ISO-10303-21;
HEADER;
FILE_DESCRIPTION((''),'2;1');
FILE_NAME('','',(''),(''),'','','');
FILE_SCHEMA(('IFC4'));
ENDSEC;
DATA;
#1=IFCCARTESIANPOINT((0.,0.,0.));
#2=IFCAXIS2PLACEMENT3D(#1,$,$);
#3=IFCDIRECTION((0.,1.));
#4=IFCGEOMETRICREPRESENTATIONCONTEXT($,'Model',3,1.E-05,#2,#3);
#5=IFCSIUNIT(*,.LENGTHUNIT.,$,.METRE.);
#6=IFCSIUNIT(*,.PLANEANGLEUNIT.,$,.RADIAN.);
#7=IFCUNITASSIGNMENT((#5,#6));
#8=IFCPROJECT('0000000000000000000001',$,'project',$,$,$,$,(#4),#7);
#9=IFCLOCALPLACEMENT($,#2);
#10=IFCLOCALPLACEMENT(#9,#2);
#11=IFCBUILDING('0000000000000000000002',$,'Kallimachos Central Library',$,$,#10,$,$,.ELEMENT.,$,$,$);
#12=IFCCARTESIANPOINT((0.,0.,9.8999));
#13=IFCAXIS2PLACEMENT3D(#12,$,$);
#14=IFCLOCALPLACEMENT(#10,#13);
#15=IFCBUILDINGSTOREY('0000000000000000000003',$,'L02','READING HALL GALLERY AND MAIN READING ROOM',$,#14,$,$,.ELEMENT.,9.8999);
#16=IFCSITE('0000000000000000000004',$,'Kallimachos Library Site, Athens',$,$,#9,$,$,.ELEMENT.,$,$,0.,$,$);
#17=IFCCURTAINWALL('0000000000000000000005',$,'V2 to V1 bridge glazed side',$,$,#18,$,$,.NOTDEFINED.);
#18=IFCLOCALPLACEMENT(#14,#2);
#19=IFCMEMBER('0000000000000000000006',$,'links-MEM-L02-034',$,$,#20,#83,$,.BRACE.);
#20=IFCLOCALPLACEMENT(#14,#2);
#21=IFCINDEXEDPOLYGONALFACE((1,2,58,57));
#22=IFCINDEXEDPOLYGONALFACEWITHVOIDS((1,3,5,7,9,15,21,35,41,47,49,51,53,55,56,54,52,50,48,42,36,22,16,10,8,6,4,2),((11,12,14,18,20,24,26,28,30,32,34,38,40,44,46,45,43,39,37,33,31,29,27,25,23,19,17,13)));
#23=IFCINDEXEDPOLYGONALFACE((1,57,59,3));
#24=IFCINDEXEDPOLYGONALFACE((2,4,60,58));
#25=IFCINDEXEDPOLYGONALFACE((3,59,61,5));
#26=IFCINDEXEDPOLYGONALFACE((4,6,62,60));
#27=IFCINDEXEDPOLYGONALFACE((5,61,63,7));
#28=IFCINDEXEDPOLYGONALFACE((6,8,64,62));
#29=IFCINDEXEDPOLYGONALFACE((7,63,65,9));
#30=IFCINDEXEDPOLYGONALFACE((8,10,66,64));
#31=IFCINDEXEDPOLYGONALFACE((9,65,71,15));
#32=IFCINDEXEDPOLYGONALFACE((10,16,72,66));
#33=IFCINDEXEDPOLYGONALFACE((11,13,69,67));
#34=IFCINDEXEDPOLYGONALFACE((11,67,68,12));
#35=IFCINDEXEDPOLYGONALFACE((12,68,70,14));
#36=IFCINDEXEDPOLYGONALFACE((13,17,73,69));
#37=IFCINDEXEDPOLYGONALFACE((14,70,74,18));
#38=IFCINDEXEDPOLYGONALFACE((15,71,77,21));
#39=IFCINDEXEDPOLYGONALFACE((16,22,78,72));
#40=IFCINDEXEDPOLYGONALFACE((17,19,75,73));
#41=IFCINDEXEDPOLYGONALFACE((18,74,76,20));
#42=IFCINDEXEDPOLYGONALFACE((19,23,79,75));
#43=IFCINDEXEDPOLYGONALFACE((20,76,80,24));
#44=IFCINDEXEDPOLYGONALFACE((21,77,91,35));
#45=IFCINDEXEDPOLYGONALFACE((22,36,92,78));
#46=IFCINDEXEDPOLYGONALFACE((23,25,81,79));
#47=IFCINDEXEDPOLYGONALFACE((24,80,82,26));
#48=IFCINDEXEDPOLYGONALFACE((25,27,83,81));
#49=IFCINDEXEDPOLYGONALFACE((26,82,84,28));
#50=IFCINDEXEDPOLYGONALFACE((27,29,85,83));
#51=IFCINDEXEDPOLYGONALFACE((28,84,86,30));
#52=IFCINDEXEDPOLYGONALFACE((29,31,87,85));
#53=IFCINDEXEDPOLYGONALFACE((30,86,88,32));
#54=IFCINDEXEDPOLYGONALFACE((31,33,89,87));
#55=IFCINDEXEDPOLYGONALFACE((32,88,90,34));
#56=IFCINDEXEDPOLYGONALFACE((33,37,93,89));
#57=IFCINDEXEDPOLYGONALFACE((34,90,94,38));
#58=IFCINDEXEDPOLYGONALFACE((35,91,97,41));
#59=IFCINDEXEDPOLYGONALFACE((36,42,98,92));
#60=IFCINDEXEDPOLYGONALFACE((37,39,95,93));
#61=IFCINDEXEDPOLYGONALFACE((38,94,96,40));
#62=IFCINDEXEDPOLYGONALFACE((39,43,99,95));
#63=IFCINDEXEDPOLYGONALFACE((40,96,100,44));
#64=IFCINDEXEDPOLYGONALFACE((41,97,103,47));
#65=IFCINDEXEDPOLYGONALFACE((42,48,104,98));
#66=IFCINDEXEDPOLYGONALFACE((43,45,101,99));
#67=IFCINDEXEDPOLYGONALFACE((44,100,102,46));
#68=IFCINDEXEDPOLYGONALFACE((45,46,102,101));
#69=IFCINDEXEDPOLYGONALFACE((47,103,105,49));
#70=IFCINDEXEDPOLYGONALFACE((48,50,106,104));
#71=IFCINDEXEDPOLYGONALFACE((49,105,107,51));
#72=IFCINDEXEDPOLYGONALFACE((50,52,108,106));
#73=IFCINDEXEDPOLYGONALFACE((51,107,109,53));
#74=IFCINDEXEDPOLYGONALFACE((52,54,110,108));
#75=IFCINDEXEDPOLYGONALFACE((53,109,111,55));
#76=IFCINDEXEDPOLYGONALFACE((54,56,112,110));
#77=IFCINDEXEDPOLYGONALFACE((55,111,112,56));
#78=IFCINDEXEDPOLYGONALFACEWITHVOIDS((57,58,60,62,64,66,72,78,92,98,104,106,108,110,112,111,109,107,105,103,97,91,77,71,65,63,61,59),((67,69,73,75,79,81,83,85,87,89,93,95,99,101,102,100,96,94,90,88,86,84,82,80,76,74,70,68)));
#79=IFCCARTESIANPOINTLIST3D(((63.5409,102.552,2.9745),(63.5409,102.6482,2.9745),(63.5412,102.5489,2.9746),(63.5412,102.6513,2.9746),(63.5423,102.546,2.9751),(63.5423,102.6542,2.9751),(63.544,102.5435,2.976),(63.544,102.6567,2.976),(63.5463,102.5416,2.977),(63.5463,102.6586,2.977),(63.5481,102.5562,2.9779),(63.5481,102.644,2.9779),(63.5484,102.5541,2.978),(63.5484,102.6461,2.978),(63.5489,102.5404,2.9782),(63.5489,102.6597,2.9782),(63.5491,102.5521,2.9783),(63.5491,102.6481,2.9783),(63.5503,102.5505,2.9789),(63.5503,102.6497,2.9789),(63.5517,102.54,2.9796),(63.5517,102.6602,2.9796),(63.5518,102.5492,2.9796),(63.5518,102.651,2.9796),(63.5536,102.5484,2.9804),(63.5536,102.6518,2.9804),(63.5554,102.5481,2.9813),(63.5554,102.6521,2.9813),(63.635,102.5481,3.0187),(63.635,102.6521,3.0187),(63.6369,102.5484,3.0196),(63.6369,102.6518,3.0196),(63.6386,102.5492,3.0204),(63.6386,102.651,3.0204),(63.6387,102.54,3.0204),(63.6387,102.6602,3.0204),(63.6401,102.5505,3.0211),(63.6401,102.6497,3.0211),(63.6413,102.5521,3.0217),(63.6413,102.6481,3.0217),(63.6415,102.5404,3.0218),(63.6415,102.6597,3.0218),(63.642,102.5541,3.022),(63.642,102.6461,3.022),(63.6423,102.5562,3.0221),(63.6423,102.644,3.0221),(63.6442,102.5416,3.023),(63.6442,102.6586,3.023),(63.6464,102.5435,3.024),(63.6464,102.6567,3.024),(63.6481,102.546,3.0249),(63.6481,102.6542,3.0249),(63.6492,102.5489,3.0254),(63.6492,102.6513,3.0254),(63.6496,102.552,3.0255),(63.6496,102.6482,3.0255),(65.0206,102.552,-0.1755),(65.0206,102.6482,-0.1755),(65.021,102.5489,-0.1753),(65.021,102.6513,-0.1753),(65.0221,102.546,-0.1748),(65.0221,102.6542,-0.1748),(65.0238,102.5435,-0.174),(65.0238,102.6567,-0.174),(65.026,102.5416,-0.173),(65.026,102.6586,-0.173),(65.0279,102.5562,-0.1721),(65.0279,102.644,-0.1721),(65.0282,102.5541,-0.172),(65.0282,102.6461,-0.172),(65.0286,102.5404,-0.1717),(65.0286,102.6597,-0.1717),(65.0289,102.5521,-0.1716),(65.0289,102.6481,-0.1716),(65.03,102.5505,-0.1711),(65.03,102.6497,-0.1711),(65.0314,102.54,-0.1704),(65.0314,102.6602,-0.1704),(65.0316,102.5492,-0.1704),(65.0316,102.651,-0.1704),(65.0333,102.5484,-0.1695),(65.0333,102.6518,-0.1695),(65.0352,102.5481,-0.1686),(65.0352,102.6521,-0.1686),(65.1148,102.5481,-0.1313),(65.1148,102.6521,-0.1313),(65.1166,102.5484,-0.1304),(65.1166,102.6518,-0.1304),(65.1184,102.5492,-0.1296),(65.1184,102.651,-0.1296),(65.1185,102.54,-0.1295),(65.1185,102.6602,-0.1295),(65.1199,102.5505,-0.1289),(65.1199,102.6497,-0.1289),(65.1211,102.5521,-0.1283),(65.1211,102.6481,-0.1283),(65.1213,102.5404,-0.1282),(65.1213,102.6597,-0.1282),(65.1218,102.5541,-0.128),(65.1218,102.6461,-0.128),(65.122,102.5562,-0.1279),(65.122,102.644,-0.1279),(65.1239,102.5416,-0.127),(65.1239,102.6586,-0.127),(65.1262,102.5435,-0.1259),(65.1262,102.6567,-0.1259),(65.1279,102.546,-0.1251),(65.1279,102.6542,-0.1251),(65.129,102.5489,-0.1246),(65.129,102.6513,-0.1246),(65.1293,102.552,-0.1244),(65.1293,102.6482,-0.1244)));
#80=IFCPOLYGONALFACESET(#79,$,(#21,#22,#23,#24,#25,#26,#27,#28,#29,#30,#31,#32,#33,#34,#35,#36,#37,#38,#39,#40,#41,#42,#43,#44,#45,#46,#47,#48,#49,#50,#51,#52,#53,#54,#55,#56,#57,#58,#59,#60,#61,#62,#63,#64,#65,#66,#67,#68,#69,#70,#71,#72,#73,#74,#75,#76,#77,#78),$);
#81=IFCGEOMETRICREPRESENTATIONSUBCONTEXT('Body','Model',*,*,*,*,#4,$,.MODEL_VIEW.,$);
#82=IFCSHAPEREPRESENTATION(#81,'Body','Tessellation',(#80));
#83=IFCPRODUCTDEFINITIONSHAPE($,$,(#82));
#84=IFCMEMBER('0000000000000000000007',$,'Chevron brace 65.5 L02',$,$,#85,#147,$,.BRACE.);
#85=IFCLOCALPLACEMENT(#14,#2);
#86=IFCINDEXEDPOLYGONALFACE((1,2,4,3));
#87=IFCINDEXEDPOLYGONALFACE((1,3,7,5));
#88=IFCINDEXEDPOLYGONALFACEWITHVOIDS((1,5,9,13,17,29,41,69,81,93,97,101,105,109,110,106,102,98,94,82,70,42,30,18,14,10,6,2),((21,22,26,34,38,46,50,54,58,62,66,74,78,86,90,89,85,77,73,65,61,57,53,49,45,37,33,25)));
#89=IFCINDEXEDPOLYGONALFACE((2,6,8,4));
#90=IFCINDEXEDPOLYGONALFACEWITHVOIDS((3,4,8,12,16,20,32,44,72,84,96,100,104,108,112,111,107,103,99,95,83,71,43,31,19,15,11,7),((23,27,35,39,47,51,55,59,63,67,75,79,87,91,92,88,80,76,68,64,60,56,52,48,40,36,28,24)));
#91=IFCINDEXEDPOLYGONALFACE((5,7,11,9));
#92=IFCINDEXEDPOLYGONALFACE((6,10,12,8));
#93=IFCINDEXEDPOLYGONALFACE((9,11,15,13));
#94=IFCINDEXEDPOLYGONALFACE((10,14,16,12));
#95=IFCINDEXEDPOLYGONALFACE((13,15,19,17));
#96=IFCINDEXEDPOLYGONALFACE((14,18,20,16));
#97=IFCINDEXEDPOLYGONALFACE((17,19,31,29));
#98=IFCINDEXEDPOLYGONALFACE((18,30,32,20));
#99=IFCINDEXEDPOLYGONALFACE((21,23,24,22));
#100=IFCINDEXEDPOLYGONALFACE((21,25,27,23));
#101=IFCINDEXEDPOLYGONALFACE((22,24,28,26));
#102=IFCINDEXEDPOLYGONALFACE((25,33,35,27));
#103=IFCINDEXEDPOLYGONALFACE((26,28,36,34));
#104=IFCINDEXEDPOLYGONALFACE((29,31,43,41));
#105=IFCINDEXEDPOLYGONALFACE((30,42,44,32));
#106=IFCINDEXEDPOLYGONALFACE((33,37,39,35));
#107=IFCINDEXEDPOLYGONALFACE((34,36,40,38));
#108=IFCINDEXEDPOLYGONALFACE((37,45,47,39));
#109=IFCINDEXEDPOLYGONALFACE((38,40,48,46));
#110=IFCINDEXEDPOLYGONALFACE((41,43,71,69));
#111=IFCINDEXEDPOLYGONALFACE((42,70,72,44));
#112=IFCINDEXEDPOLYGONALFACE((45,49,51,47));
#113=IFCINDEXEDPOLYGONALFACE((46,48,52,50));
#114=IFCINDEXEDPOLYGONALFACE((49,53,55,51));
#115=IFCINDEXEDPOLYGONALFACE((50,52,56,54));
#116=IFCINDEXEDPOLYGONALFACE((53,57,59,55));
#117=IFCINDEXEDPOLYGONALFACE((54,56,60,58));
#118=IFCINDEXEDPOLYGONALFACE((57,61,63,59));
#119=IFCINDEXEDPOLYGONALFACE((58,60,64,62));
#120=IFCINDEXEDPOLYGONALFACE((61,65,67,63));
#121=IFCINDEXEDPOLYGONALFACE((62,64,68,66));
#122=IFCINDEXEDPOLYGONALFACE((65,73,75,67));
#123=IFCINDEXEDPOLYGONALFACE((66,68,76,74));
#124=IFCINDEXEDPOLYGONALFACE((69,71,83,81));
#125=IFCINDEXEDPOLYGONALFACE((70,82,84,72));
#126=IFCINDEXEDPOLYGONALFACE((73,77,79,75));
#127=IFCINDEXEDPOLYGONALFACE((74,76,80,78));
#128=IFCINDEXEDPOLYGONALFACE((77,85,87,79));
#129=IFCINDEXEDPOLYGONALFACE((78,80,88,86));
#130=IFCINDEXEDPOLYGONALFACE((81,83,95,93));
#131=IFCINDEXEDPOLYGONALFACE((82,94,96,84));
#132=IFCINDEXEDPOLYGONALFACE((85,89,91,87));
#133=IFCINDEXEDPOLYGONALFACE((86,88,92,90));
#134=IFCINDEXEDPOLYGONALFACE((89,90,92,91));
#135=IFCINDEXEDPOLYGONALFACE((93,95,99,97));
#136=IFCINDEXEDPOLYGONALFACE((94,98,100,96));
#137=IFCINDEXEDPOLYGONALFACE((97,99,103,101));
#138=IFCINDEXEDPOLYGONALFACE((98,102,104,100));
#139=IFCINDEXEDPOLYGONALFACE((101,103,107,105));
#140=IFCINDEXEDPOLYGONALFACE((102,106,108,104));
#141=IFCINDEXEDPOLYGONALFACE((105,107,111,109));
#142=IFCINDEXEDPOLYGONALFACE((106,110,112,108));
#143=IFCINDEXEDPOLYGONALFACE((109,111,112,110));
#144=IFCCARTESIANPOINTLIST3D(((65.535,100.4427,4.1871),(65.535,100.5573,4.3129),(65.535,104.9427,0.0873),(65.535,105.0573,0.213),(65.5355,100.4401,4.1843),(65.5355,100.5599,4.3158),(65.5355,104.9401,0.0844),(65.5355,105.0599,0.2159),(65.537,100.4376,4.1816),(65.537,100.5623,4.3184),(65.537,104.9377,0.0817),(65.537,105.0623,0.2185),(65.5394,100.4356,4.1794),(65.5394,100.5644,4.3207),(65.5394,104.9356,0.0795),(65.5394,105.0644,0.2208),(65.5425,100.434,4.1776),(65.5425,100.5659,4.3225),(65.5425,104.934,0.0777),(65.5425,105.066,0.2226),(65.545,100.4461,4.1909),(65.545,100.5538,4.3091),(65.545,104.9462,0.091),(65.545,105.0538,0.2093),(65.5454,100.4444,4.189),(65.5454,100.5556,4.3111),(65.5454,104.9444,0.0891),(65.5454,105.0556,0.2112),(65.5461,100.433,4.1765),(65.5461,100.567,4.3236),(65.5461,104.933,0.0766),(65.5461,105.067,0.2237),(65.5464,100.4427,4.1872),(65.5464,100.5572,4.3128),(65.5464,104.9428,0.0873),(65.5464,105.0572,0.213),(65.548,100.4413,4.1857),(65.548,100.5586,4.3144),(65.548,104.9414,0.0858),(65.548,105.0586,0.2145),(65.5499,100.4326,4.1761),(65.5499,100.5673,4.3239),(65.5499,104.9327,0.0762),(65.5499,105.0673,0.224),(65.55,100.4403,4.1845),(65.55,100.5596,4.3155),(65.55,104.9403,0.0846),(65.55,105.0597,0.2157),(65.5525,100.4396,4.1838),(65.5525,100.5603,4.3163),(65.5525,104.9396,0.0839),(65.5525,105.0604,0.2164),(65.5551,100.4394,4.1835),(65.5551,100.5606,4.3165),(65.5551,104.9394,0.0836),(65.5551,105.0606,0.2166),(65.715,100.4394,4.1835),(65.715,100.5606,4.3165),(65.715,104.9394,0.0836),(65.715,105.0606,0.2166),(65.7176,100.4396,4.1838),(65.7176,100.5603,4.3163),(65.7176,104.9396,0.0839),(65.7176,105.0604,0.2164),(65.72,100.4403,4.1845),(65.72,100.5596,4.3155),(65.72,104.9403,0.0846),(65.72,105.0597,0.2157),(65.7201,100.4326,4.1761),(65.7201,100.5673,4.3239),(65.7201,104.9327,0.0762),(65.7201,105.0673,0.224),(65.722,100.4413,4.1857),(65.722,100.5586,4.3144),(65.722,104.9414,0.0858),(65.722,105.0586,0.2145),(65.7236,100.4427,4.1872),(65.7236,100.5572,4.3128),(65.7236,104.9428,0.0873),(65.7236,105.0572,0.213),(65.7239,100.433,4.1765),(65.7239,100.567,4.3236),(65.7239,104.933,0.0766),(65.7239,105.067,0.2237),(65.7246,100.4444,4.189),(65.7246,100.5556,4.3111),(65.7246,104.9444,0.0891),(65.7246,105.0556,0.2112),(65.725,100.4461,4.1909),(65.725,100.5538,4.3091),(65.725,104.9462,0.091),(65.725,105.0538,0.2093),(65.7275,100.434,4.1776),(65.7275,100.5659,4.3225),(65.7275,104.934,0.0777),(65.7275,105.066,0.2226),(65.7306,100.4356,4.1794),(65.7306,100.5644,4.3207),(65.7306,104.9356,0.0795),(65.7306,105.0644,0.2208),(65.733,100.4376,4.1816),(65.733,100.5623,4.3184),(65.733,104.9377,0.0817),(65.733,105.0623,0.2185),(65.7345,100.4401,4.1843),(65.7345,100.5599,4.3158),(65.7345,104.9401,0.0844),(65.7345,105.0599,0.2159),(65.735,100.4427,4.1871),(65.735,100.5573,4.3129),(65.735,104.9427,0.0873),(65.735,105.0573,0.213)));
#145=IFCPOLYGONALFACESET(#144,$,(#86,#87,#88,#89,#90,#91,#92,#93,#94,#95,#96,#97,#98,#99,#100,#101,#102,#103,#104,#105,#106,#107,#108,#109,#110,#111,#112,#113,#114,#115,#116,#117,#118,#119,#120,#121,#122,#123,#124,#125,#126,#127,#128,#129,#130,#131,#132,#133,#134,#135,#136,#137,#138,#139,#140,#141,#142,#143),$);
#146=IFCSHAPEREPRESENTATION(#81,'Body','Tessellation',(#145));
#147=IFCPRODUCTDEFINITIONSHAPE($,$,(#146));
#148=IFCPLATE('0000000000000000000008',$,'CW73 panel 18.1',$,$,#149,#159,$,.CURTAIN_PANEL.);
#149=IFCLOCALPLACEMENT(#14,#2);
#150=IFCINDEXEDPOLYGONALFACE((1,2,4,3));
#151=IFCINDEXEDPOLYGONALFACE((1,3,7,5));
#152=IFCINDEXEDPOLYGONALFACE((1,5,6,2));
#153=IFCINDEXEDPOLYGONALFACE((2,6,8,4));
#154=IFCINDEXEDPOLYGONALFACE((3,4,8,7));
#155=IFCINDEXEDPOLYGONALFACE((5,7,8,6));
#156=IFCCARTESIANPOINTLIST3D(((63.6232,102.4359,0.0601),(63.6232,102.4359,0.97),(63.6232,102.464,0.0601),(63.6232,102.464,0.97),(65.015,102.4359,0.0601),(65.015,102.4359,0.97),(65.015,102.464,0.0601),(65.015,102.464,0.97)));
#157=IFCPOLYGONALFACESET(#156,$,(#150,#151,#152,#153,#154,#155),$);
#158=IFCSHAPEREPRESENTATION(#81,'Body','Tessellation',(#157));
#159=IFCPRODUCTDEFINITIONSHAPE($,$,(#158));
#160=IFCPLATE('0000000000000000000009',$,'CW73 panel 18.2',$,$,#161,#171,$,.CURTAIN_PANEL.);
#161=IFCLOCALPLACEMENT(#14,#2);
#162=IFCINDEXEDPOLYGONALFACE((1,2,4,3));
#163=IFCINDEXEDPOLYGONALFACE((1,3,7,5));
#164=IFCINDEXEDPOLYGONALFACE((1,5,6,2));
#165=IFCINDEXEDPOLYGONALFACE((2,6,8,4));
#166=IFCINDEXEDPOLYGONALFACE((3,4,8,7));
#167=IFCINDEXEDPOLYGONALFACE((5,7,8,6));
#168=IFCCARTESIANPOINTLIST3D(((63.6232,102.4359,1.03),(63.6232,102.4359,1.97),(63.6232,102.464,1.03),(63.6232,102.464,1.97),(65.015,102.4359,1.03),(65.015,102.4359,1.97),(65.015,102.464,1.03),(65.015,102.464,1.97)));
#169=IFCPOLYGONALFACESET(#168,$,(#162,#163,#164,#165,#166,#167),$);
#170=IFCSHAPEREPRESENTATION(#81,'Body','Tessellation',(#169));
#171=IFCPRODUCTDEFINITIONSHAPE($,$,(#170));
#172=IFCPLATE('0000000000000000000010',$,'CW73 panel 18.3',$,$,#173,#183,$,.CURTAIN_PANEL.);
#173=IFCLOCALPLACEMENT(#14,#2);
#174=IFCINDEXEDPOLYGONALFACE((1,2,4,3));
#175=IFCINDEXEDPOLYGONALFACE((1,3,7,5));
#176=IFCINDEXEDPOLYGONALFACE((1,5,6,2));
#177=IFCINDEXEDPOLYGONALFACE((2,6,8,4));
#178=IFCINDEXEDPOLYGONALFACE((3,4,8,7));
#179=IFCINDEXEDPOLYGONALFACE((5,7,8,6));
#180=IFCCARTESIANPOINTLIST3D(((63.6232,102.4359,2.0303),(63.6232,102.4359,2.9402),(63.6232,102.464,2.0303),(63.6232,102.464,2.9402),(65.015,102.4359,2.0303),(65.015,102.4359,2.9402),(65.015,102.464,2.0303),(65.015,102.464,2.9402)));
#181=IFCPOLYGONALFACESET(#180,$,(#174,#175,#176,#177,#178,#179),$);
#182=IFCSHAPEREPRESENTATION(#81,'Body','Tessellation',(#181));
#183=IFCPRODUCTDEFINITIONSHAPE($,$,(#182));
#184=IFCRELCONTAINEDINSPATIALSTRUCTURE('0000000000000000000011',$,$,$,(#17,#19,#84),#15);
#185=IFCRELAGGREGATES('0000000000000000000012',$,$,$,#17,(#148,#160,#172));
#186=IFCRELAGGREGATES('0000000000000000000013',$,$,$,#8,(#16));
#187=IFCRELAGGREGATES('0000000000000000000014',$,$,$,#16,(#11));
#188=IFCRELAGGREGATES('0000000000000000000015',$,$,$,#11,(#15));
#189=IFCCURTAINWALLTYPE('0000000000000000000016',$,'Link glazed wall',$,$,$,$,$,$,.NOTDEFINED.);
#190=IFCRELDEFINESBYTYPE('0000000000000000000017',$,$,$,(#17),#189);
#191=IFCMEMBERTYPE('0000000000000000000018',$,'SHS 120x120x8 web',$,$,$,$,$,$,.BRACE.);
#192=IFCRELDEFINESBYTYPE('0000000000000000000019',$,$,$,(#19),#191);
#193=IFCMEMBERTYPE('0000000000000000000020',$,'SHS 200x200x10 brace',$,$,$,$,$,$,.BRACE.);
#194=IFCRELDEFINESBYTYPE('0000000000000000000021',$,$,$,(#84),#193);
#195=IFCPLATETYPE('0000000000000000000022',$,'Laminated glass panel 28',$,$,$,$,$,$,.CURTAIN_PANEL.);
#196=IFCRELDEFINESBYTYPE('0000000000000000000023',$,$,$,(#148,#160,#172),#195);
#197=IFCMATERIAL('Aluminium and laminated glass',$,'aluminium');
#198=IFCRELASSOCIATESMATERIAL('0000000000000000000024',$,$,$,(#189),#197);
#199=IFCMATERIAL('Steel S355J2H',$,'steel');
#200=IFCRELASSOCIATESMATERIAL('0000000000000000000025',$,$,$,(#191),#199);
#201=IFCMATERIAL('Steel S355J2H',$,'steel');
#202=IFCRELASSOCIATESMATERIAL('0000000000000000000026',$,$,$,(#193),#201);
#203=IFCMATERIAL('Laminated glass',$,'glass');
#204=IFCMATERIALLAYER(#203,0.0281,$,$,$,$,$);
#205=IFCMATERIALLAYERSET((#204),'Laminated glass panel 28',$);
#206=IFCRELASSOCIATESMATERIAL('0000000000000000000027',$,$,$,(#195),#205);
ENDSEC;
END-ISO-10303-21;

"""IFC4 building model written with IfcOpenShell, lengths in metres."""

from ifc_helpers import new_model, si_unit, direction, frame, origin, origin_2d, place, context, subcontext, project, spatial, rectangle, hollow_rectangle, extrude, material, layer, layer_set, material_profile, profile_set, type_object, element, aggregate, save


model = new_model("IFC4")

# Units and contexts
model_context = context("Model", 3, precision=1e-05, world=origin(), true_north=direction((0.0, 1.0)))
body_context = subcontext(model_context, "Body", "Model", "MODEL_VIEW")
ifc_project = project(units=[si_unit("LENGTHUNIT", "METRE"), si_unit("PLANEANGLEUNIT", "RADIAN")], contexts=[model_context])

# Site, building, storey
site_placement = place(None, origin())
site = spatial("IfcSite", under=ifc_project, at=site_placement, Name="Kallimachos Library Site, Athens", CompositionType="ELEMENT", RefElevation=0.0)
building_placement = place(site_placement, origin())
building = spatial("IfcBuilding", under=site, at=building_placement, Name="Kallimachos Central Library", CompositionType="ELEMENT")
storey_placement = place(building_placement, frame((0.0, 0.0, 9.8999)))
storey = spatial("IfcBuildingStorey", under=building, at=storey_placement, Name="L02", Description="READING HALL GALLERY AND MAIN READING ROOM", CompositionType="ELEMENT", Elevation=9.8999)

# Curtain wall
ifc_material_1 = material(Name="Aluminium and laminated glass", Category="aluminium")
curtain_wall_type_1 = type_object("IfcCurtainWallType", Name="Link glazed wall", PredefinedType="NOTDEFINED", material=ifc_material_1)
curtain_wall_1_placement = place(storey_placement, origin())
curtain_wall_1 = element("IfcCurtainWall", 1, at=curtain_wall_1_placement, inside=storey, type_object=curtain_wall_type_1, Name="V2 to V1 bridge glazed side", PredefinedType="NOTDEFINED")

# Members
ifc_material_2 = material(Name="Steel S355J2H", Category="steel")
ifc_material_profile_1 = material_profile(ifc_material_2, hollow_rectangle(XDim=0.1201, YDim=0.1201, WallThickness=0.0081, InnerFilletRadius=0.0081, OuterFilletRadius=0.012, at=origin_2d()), Name="SHS 120x120x8")
ifc_profile_set_1 = profile_set([ifc_material_profile_1], Name="Steel S355J2H")
member_type_1 = type_object("IfcMemberType", Name="SHS 120x120x8 web", PredefinedType="BRACE", material=ifc_profile_set_1)
for number, where, z_axis, x_axis, name in (
    (2, (63.5952, 102.6001, 3.0), (0.425192, 0.0, -0.905103), (0.0, 1.0, 0.0), "links-MEM-L02-034"),
):
    element("IfcMember", number, at=place(storey_placement, frame(where, z_axis=z_axis, x_axis=x_axis)), inside=storey, type_object=member_type_1, Name=name, PredefinedType="BRACE", context=body_context, shape_type="SweptSolid", body=[
        extrude(hollow_rectangle(XDim=0.1201, YDim=0.1201, WallThickness=0.0081, InnerFilletRadius=0.0081, OuterFilletRadius=0.012, at=origin_2d()), origin(), (0.0, 0.0, 1.0), 3.4802),
    ])
ifc_material_3 = material(Name="Steel S355J2H", Category="steel")
ifc_material_profile_2 = material_profile(ifc_material_3, hollow_rectangle(XDim=0.2, YDim=0.2, WallThickness=0.01, InnerFilletRadius=0.01, OuterFilletRadius=0.0149, at=origin_2d()), Name="SHS 200x200x10")
ifc_profile_set_2 = profile_set([ifc_material_profile_2], Name="Steel S355J2H")
member_type_2 = type_object("IfcMemberType", Name="SHS 200x200x10 brace", PredefinedType="BRACE", material=ifc_profile_set_2)
member_1_placement = place(storey_placement, frame((65.635, 105.0, 0.1501), z_axis=(0.0, -0.739208, 0.673477), x_axis=(1.0, 0.0, 0.0)))
element("IfcMember", 3, at=member_1_placement, inside=storey, type_object=member_type_2, Name="Chevron brace 65.5 L02", PredefinedType="BRACE", context=body_context, shape_type="SweptSolid", body=[
    extrude(hollow_rectangle(XDim=0.2, YDim=0.2, WallThickness=0.01, InnerFilletRadius=0.01, OuterFilletRadius=0.0149, at=origin_2d()), origin(), (0.0, 0.0, 1.0), 6.0876),
])

# Plates
ifc_material_4 = material(Name="Laminated glass", Category="glass")
ifc_layer_1 = layer(ifc_material_4, 0.0281)
ifc_layer_set_1 = layer_set([ifc_layer_1], Name="Laminated glass panel 28")
plate_type = type_object("IfcPlateType", Name="Laminated glass panel 28", PredefinedType="CURTAIN_PANEL", material=ifc_layer_set_1)
plate_1_placement = place(storey_placement, frame((64.3191, 102.45, 0.0601), z_axis=(0.0, 0.0, 1.0), x_axis=(1.0, 0.0, 0.0)))
plate_1 = element("IfcPlate", 4, at=plate_1_placement, type_object=plate_type, Name="CW73 panel 18.1", PredefinedType="CURTAIN_PANEL", context=body_context, shape_type="SweptSolid", body=[
    extrude(rectangle(XDim=1.3918, YDim=0.0281, at=origin_2d()), origin(), (0.0, 0.0, 1.0), 0.9099),
])
plate_2_placement = place(storey_placement, frame((64.3191, 102.45, 1.03), z_axis=(0.0, 0.0, 1.0), x_axis=(1.0, 0.0, 0.0)))
plate_2 = element("IfcPlate", 5, at=plate_2_placement, type_object=plate_type, Name="CW73 panel 18.2", PredefinedType="CURTAIN_PANEL", context=body_context, shape_type="SweptSolid", body=[
    extrude(rectangle(XDim=1.3918, YDim=0.0281, at=origin_2d()), origin(), (0.0, 0.0, 1.0), 0.9399),
])
plate_3_placement = place(storey_placement, frame((64.3191, 102.45, 2.0303), z_axis=(0.0, 0.0, 1.0), x_axis=(1.0, 0.0, 0.0)))
plate_3 = element("IfcPlate", 6, at=plate_3_placement, type_object=plate_type, Name="CW73 panel 18.3", PredefinedType="CURTAIN_PANEL", context=body_context, shape_type="SweptSolid", body=[
    extrude(rectangle(XDim=1.3918, YDim=0.0281, at=origin_2d()), origin(), (0.0, 0.0, 1.0), 0.9099),
])
aggregate(curtain_wall_1, [plate_1, plate_2, plate_3])

save(model, "model.ifc")
